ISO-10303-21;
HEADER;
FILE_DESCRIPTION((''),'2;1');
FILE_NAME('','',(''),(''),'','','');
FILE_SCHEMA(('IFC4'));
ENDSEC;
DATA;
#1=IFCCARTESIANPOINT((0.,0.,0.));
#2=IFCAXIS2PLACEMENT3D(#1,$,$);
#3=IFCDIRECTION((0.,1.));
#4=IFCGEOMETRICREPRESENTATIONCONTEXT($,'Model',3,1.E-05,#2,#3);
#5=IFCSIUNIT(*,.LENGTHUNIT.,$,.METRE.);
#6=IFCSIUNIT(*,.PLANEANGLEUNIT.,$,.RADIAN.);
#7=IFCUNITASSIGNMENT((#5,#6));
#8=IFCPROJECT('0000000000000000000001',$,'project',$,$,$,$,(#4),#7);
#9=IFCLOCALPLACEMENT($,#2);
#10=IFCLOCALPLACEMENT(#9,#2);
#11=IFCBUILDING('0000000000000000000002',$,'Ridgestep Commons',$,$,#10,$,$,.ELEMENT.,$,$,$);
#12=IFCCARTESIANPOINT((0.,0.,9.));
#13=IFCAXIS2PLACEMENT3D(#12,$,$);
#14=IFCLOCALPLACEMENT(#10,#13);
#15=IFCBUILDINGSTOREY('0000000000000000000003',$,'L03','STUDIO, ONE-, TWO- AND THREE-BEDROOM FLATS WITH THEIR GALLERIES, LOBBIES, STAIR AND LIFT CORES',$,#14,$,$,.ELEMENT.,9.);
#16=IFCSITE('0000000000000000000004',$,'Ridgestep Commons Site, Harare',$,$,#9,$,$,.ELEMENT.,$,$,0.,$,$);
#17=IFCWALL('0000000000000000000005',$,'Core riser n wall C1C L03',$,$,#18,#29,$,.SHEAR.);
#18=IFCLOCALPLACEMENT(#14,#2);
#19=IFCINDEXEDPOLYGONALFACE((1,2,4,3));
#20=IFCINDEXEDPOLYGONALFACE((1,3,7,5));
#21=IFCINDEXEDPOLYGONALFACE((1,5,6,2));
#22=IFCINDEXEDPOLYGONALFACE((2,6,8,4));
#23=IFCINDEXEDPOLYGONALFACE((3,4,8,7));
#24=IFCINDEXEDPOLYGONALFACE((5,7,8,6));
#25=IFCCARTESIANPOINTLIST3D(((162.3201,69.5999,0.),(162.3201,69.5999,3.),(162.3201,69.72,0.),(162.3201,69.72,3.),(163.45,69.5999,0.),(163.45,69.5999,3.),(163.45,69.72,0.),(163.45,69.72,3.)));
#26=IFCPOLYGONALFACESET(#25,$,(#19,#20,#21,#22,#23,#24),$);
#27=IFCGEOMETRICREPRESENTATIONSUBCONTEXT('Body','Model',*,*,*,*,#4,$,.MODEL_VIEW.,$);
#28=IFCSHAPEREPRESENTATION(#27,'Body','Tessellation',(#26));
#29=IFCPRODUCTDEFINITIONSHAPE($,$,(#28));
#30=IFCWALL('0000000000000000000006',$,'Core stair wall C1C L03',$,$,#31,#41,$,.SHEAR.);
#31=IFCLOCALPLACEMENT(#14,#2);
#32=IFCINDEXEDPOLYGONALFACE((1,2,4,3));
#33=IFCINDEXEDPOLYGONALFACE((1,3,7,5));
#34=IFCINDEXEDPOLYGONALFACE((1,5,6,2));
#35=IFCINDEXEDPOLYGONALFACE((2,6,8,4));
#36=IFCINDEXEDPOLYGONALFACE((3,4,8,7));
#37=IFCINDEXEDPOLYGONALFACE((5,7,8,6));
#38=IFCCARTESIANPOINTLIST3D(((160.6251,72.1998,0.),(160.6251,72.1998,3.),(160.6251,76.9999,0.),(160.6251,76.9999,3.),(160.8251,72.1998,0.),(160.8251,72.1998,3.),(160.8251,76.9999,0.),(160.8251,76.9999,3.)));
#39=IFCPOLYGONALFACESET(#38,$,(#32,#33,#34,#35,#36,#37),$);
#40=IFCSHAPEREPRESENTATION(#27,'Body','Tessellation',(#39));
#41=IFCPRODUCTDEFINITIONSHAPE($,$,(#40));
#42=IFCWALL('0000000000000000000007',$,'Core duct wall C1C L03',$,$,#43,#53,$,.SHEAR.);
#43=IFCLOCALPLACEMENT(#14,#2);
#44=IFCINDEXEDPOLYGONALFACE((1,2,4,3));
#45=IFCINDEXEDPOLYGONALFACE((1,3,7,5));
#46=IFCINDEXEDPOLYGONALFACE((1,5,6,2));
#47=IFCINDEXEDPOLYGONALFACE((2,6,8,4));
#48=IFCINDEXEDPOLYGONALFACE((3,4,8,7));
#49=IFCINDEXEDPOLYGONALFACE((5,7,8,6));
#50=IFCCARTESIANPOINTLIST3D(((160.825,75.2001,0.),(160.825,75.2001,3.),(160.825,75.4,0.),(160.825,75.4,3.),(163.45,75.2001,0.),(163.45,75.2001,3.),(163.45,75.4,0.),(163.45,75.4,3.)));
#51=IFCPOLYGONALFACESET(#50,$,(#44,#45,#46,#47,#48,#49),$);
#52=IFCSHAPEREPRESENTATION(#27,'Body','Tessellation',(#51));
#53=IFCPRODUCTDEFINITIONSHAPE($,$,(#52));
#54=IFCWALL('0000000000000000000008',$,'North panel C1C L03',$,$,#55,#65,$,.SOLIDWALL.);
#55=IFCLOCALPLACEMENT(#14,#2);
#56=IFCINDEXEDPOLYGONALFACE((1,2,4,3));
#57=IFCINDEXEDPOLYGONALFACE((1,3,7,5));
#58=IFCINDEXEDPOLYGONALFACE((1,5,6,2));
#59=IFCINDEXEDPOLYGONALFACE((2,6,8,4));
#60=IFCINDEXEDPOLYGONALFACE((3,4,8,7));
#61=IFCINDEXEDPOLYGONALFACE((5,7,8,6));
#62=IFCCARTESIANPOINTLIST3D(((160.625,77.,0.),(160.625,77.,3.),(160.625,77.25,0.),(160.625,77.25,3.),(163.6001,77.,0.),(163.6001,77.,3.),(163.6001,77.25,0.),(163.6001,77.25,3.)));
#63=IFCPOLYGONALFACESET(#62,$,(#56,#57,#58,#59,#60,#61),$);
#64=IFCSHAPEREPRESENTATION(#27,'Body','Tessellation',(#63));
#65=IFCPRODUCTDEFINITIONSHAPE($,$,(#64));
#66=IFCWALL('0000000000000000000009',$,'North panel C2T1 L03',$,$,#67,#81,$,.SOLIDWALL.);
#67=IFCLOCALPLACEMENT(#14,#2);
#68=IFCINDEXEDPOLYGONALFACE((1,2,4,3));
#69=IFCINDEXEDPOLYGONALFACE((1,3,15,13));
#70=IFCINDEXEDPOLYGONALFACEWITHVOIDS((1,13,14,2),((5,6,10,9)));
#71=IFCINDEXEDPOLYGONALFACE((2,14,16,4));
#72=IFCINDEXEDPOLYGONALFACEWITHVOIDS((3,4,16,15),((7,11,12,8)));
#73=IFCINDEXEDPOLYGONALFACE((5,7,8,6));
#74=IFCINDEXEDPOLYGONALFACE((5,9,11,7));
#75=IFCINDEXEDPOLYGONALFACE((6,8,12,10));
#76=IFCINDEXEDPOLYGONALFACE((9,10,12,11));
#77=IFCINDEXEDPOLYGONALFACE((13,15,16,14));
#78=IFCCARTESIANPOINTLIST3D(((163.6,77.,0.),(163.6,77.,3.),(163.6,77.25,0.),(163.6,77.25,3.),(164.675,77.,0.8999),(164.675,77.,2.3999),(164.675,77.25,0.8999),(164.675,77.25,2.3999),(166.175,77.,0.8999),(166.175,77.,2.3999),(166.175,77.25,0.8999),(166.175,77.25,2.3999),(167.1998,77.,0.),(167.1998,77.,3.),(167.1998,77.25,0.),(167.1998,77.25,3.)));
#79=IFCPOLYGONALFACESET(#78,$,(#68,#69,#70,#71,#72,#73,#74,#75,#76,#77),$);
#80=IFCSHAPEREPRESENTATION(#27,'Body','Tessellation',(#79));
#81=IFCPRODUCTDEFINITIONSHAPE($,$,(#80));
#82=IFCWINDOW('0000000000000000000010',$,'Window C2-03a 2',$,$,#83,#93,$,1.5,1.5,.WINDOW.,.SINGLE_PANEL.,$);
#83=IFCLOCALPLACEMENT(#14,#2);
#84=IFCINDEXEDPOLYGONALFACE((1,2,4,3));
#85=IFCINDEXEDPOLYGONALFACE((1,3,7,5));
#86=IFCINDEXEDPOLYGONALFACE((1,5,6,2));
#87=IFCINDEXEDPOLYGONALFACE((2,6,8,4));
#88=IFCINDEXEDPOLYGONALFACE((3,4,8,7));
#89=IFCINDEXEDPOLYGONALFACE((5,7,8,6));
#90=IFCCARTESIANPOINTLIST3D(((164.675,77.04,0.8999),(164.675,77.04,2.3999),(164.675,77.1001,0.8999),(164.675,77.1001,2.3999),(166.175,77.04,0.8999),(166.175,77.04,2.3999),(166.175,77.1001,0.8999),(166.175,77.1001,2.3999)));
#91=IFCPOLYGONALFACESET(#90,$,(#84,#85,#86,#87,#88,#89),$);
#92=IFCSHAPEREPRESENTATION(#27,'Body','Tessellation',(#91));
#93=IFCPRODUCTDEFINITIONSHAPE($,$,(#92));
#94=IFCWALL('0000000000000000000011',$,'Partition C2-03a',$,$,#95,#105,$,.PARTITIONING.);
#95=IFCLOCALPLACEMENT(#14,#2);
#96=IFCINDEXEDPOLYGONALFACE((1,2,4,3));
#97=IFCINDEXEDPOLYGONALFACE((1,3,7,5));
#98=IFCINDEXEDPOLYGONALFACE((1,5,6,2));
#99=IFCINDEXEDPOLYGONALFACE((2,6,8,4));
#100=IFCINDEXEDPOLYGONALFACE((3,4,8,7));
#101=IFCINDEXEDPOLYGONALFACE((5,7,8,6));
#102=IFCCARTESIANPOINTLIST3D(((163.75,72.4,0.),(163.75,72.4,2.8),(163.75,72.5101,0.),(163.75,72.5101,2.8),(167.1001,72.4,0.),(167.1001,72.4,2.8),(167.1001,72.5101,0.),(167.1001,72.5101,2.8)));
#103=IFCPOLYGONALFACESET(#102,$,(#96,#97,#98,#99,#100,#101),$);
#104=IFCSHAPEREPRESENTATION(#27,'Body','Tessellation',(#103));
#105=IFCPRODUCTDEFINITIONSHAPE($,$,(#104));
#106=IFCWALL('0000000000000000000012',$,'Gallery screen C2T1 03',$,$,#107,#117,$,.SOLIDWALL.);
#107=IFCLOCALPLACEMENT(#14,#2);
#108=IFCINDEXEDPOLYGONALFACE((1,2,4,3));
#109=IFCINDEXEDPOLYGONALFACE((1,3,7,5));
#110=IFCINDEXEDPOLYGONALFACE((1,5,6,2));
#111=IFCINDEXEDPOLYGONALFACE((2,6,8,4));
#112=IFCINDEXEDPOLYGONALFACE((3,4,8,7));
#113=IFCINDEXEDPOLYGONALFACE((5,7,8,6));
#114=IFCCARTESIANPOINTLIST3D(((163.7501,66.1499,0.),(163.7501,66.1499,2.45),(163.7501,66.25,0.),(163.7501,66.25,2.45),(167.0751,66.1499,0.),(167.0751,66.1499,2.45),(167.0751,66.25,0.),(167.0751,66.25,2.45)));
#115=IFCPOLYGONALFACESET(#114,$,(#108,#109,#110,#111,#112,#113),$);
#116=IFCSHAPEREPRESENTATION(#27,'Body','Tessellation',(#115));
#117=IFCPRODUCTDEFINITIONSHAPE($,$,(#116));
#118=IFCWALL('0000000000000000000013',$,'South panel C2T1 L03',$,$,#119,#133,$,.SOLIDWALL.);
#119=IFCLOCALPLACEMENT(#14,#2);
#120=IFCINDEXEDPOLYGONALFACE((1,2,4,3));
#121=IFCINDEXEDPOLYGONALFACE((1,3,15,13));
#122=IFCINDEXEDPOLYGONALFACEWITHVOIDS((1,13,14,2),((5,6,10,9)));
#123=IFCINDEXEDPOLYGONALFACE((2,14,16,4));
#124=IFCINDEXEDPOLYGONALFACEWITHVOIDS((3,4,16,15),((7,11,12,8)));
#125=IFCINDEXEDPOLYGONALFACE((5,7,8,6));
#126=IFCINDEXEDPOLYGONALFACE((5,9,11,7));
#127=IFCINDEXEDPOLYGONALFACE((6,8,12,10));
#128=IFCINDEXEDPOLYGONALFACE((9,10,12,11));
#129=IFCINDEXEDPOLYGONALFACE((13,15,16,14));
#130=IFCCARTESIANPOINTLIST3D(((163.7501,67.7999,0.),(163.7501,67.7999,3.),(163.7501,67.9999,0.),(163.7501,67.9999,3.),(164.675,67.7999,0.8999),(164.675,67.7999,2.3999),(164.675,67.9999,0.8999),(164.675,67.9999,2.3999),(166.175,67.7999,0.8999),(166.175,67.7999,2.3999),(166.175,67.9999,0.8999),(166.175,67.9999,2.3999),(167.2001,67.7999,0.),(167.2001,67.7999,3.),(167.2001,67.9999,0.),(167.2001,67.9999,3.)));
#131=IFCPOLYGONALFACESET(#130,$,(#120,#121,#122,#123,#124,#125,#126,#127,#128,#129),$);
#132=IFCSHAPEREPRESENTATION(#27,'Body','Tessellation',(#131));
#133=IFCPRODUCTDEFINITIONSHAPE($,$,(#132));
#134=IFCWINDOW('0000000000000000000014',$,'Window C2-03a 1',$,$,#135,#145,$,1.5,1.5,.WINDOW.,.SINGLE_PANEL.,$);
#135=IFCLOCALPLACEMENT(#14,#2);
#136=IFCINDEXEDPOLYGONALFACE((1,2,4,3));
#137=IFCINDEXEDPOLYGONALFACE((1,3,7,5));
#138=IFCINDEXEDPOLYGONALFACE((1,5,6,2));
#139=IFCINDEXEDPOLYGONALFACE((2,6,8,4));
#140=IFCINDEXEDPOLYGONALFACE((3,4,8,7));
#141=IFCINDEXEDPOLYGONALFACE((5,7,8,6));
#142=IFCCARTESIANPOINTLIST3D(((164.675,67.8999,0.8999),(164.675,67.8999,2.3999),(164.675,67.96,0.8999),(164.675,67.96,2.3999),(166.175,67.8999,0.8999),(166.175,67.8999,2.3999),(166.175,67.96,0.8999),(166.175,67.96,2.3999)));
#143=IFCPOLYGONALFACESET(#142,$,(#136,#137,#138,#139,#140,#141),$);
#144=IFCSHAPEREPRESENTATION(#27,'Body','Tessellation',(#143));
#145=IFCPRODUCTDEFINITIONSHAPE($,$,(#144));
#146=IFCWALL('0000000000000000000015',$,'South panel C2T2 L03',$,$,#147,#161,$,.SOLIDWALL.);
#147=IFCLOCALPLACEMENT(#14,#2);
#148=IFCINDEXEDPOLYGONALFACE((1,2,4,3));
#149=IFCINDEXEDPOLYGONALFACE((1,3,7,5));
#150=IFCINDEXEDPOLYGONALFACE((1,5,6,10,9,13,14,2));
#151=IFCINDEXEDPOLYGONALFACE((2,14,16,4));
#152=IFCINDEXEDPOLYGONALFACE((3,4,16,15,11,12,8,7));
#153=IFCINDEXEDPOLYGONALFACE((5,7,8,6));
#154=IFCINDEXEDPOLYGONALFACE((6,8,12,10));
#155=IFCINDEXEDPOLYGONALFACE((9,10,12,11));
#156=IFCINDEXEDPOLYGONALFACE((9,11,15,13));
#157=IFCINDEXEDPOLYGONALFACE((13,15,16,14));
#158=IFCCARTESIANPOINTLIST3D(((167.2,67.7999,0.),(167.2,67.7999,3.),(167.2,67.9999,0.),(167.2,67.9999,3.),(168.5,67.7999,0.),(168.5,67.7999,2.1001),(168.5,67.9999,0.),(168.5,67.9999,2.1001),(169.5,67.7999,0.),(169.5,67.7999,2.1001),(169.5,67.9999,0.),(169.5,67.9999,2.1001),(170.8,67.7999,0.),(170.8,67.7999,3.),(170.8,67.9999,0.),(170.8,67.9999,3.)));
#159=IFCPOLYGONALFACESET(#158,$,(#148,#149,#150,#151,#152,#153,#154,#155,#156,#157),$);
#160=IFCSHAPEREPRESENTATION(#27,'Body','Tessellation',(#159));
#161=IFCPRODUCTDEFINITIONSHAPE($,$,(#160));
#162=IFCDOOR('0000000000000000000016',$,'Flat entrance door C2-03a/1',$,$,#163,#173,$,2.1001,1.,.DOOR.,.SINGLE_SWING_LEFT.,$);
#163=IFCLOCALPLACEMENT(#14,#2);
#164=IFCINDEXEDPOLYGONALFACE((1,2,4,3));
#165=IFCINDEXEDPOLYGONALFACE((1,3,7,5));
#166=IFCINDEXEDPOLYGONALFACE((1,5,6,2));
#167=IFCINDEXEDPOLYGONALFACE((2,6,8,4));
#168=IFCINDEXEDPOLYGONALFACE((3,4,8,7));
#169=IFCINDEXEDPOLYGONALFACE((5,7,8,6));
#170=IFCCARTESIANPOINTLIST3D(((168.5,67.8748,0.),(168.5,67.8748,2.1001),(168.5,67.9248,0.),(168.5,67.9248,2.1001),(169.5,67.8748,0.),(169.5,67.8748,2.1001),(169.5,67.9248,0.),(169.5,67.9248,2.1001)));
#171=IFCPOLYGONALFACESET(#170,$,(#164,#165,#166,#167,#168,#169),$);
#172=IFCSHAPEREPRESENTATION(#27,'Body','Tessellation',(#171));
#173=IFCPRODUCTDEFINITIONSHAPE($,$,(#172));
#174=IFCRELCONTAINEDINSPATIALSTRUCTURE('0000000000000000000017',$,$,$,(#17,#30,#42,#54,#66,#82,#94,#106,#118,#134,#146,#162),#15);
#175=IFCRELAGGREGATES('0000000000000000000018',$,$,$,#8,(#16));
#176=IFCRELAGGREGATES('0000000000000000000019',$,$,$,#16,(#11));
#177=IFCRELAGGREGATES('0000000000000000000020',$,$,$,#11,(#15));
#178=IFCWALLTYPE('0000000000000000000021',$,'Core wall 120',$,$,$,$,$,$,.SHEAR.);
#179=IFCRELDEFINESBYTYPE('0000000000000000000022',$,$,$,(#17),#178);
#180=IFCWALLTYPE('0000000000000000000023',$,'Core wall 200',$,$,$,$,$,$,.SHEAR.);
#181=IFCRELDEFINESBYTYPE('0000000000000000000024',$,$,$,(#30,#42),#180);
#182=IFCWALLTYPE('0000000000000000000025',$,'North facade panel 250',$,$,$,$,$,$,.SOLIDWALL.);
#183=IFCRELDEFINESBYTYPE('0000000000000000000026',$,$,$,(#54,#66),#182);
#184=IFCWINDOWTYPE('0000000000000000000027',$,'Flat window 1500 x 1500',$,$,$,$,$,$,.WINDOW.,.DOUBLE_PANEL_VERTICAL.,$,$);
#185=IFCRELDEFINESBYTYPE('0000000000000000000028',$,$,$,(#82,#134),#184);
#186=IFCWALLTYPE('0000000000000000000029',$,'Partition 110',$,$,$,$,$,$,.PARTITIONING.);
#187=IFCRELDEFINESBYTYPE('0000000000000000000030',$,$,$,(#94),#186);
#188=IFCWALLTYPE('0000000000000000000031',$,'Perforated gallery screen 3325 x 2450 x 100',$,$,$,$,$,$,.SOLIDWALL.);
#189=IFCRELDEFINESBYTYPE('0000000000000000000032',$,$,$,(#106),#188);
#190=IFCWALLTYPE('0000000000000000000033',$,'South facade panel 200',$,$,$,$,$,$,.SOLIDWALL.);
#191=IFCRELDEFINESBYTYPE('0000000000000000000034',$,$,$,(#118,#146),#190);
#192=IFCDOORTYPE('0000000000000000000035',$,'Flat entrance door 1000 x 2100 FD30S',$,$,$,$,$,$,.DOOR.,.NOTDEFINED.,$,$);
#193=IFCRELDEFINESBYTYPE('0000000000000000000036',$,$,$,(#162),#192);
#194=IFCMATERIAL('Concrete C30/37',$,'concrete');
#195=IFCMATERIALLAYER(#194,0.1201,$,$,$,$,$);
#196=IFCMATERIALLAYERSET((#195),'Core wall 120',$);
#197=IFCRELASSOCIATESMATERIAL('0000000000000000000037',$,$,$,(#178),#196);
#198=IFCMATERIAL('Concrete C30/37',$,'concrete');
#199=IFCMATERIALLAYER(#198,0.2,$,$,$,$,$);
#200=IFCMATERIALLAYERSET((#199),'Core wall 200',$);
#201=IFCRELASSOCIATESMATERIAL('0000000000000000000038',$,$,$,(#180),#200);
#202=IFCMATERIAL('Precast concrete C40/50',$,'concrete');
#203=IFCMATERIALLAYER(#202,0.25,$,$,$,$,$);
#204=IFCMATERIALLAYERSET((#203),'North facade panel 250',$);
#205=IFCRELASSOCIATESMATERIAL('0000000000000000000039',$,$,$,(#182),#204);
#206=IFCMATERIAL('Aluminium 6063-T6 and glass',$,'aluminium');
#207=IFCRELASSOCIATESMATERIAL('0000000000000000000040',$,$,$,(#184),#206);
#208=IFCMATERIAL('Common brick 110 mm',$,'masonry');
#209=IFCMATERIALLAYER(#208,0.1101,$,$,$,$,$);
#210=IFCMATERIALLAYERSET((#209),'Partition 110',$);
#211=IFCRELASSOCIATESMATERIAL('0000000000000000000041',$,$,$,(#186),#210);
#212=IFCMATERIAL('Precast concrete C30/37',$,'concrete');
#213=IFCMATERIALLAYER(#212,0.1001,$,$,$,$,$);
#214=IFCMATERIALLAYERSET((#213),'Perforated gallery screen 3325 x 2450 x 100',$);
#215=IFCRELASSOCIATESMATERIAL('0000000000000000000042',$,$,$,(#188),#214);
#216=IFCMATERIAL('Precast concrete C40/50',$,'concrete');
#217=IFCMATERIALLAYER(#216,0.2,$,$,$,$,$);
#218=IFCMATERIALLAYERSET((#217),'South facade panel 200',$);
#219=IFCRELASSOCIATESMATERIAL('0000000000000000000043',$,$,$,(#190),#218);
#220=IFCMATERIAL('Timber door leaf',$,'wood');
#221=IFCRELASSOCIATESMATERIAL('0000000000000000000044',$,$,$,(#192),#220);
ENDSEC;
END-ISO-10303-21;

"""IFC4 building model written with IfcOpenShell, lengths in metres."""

from ifc_helpers import new_model, si_unit, direction, frame, frame_2d, origin, place, context, subcontext, project, spatial, rectangle, extrude, material, layer, layer_set, type_object, element, fill, save


model = new_model("IFC4")

# Units and contexts
model_context = context("Model", 3, precision=1e-05, world=origin(), true_north=direction((0.0, 1.0)))
body_context = subcontext(model_context, "Body", "Model", "MODEL_VIEW")
ifc_project = project(units=[si_unit("LENGTHUNIT", "METRE"), si_unit("PLANEANGLEUNIT", "RADIAN")], contexts=[model_context])

# Site, building, storey
site_placement = place(None, origin())
site = spatial("IfcSite", under=ifc_project, at=site_placement, Name="Ridgestep Commons Site, Harare", CompositionType="ELEMENT", RefElevation=0.0)
building_placement = place(site_placement, origin())
building = spatial("IfcBuilding", under=site, at=building_placement, Name="Ridgestep Commons", CompositionType="ELEMENT")
storey_placement = place(building_placement, frame((0.0, 0.0, 9.0)))
storey = spatial("IfcBuildingStorey", under=building, at=storey_placement, Name="L03", Description="STUDIO, ONE-, TWO- AND THREE-BEDROOM FLATS WITH THEIR GALLERIES, LOBBIES, STAIR AND LIFT CORES", CompositionType="ELEMENT", Elevation=9.0)

# Shared definitions
ifc_material_1 = material(Name="Concrete C30/37", Category="concrete")
ifc_layer_1 = layer(ifc_material_1, 0.1201)
ifc_layer_set_1 = layer_set([ifc_layer_1], Name="Core wall 120")
wall_type_1 = type_object("IfcWallType", Name="Core wall 120", PredefinedType="SHEAR", material=ifc_layer_set_1)

# Walls
wall_1_placement = place(storey_placement, frame((162.3201, 69.6599, 0.0), z_axis=(0.0, 0.0, 1.0), x_axis=(1.0, 0.0, 0.0)))
element("IfcWall", 1, at=wall_1_placement, inside=storey, type_object=wall_type_1, Name="Core riser n wall C1C L03", PredefinedType="SHEAR", context=body_context, shape_type="SweptSolid", body=[
    extrude(rectangle(XDim=1.1299, YDim=0.1201, at=frame_2d((0.5649, 0.0))), origin(), (0.0, 0.0, 1.0), 3.0),
])
ifc_material_2 = material(Name="Concrete C30/37", Category="concrete")
ifc_layer_2 = layer(ifc_material_2, 0.2)
ifc_layer_set_2 = layer_set([ifc_layer_2], Name="Core wall 200")
wall_type_2 = type_object("IfcWallType", Name="Core wall 200", PredefinedType="SHEAR", material=ifc_layer_set_2)
wall_2_placement = place(storey_placement, frame((160.7251, 72.2, 0.0), z_axis=(0.0, 0.0, 1.0), x_axis=(0.0, 1.0, 0.0)))
element("IfcWall", 2, at=wall_2_placement, inside=storey, type_object=wall_type_2, Name="Core stair wall C1C L03", PredefinedType="SHEAR", context=body_context, shape_type="SweptSolid", body=[
    extrude(rectangle(XDim=4.8, YDim=0.2, at=frame_2d((2.3999, 0.0))), origin(), (0.0, 0.0, 1.0), 3.0),
])
wall_3_placement = place(storey_placement, frame((160.825, 75.3, 0.0), z_axis=(0.0, 0.0, 1.0), x_axis=(1.0, 0.0, 0.0)))
element("IfcWall", 3, at=wall_3_placement, inside=storey, type_object=wall_type_2, Name="Core duct wall C1C L03", PredefinedType="SHEAR", context=body_context, shape_type="SweptSolid", body=[
    extrude(rectangle(XDim=2.625, YDim=0.2, at=frame_2d((1.3125, 0.0))), origin(), (0.0, 0.0, 1.0), 3.0),
])
ifc_material_3 = material(Name="Precast concrete C40/50", Category="concrete")
ifc_layer_3 = layer(ifc_material_3, 0.25)
ifc_layer_set_3 = layer_set([ifc_layer_3], Name="North facade panel 250")
wall_type_3 = type_object("IfcWallType", Name="North facade panel 250", PredefinedType="SOLIDWALL", material=ifc_layer_set_3)
wall_4_placement = place(storey_placement, frame((160.625, 77.125, 0.0), z_axis=(0.0, 0.0, 1.0), x_axis=(1.0, 0.0, 0.0)))
element("IfcWall", 4, at=wall_4_placement, inside=storey, type_object=wall_type_3, Name="North panel C1C L03", PredefinedType="SOLIDWALL", context=body_context, shape_type="SweptSolid", body=[
    extrude(rectangle(XDim=2.9751, YDim=0.25, at=frame_2d((1.4875, 0.0))), origin(), (0.0, 0.0, 1.0), 3.0),
])

# Wall, opening, window
wall_5_placement = place(storey_placement, frame((163.6001, 77.125, 0.0), z_axis=(0.0, 0.0, 1.0), x_axis=(1.0, 0.0, 0.0)))
wall_5 = element("IfcWall", 5, at=wall_5_placement, inside=storey, type_object=wall_type_3, Name="North panel C2T1 L03", PredefinedType="SOLIDWALL", context=body_context, shape_type="SweptSolid", body=[
    extrude(rectangle(XDim=3.5999, YDim=0.25, at=frame_2d((1.7998, 0.0))), origin(), (0.0, 0.0, 1.0), 3.0),
])
opening_1_placement = place(wall_5_placement, frame((1.075, 0.0, 0.8999)))
opening_1 = element("IfcOpeningElement", 6, at=opening_1_placement, cuts=wall_5, PredefinedType="OPENING", context=body_context, shape_type="SweptSolid", body=[
    extrude(rectangle(XDim=1.5, YDim=1.5, at=frame_2d((0.75, 0.75))), frame((0.0, 0.135, 0.0), z_axis=(0.0, -1.0, 0.0), x_axis=(1.0, 0.0, 0.0)), (0.0, 0.0, 1.0), 0.27),
])
ifc_material_4 = material(Name="Aluminium 6063-T6 and glass", Category="aluminium")
window_type = type_object("IfcWindowType", Name="Flat window 1500 x 1500", PartitioningType="DOUBLE_PANEL_VERTICAL", PredefinedType="WINDOW", material=ifc_material_4)
window_1_placement = place(opening_1_placement, origin())
window_1 = element("IfcWindow", 7, at=window_1_placement, inside=storey, type_object=window_type, Name="Window C2-03a 2", OverallHeight=1.5, OverallWidth=1.5, PartitioningType="SINGLE_PANEL", PredefinedType="WINDOW", context=body_context, shape_type="SweptSolid", body=[
    extrude(rectangle(XDim=1.5, YDim=1.5, at=frame_2d((0.75, 0.75))), frame((0.0, -0.0249, 0.0), z_axis=(0.0, -1.0, 0.0), x_axis=(1.0, 0.0, 0.0)), (0.0, 0.0, 1.0), 0.0601),
])
fill(opening_1, window_1)

# Walls
ifc_material_5 = material(Name="Common brick 110 mm", Category="masonry")
ifc_layer_4 = layer(ifc_material_5, 0.1101)
ifc_layer_set_4 = layer_set([ifc_layer_4], Name="Partition 110")
wall_type_4 = type_object("IfcWallType", Name="Partition 110", PredefinedType="PARTITIONING", material=ifc_layer_set_4)
wall_6_placement = place(storey_placement, frame((163.75, 72.4551, 0.0), z_axis=(0.0, 0.0, 1.0), x_axis=(1.0, 0.0, 0.0)))
element("IfcWall", 8, at=wall_6_placement, inside=storey, type_object=wall_type_4, Name="Partition C2-03a", PredefinedType="PARTITIONING", context=body_context, shape_type="SweptSolid", body=[
    extrude(rectangle(XDim=3.3501, YDim=0.1101, at=frame_2d((1.675, 0.0))), origin(), (0.0, 0.0, 1.0), 2.8),
])
ifc_material_6 = material(Name="Precast concrete C30/37", Category="concrete")
ifc_layer_5 = layer(ifc_material_6, 0.1001)
ifc_layer_set_5 = layer_set([ifc_layer_5], Name="Perforated gallery screen 3325 x 2450 x 100")
wall_type_5 = type_object("IfcWallType", Name="Perforated gallery screen 3325 x 2450 x 100", PredefinedType="SOLIDWALL", material=ifc_layer_set_5)
wall_7_placement = place(storey_placement, frame((163.75, 66.2, 0.0), z_axis=(0.0, 0.0, 1.0), x_axis=(1.0, 0.0, 0.0)))
element("IfcWall", 9, at=wall_7_placement, inside=storey, type_object=wall_type_5, Name="Gallery screen C2T1 03", PredefinedType="SOLIDWALL", context=body_context, shape_type="SweptSolid", body=[
    extrude(rectangle(XDim=3.325, YDim=0.1001, at=frame_2d((1.6626, 0.0))), origin(), (0.0, 0.0, 1.0), 2.45),
])

# Wall, opening, window
ifc_material_7 = material(Name="Precast concrete C40/50", Category="concrete")
ifc_layer_6 = layer(ifc_material_7, 0.2)
ifc_layer_set_6 = layer_set([ifc_layer_6], Name="South facade panel 200")
wall_type_6 = type_object("IfcWallType", Name="South facade panel 200", PredefinedType="SOLIDWALL", material=ifc_layer_set_6)
wall_8_placement = place(storey_placement, frame((163.75, 67.8999, 0.0), z_axis=(0.0, 0.0, 1.0), x_axis=(1.0, 0.0, 0.0)))
wall_8 = element("IfcWall", 10, at=wall_8_placement, inside=storey, type_object=wall_type_6, Name="South panel C2T1 L03", PredefinedType="SOLIDWALL", context=body_context, shape_type="SweptSolid", body=[
    extrude(rectangle(XDim=3.45, YDim=0.2, at=frame_2d((1.7251, 0.0))), origin(), (0.0, 0.0, 1.0), 3.0),
])
opening_2_placement = place(wall_8_placement, frame((0.925, 0.0, 0.8999)))
opening_2 = element("IfcOpeningElement", 11, at=opening_2_placement, cuts=wall_8, PredefinedType="OPENING", context=body_context, shape_type="SweptSolid", body=[
    extrude(rectangle(XDim=1.5, YDim=1.5, at=frame_2d((0.75, 0.75))), frame((0.0, 0.1099, 0.0), z_axis=(0.0, -1.0, 0.0), x_axis=(1.0, 0.0, 0.0)), (0.0, 0.0, 1.0), 0.22),
])
window_2_placement = place(opening_2_placement, origin())
window_2 = element("IfcWindow", 12, at=window_2_placement, inside=storey, type_object=window_type, Name="Window C2-03a 1", OverallHeight=1.5, OverallWidth=1.5, PartitioningType="SINGLE_PANEL", PredefinedType="WINDOW", context=body_context, shape_type="SweptSolid", body=[
    extrude(rectangle(XDim=1.5, YDim=1.5, at=frame_2d((0.75, 0.75))), frame((0.0, 0.0601, 0.0), z_axis=(0.0, -1.0, 0.0), x_axis=(1.0, 0.0, 0.0)), (0.0, 0.0, 1.0), 0.0601),
])
fill(opening_2, window_2)

# Wall, opening, door
wall_9_placement = place(storey_placement, frame((167.2, 67.8999, 0.0), z_axis=(0.0, 0.0, 1.0), x_axis=(1.0, 0.0, 0.0)))
wall_9 = element("IfcWall", 13, at=wall_9_placement, inside=storey, type_object=wall_type_6, Name="South panel C2T2 L03", PredefinedType="SOLIDWALL", context=body_context, shape_type="SweptSolid", body=[
    extrude(rectangle(XDim=3.6001, YDim=0.2, at=frame_2d((1.8, 0.0))), origin(), (0.0, 0.0, 1.0), 3.0),
])
opening_3_placement = place(wall_9_placement, frame((1.3, 0.0, 0.0)))
opening_3 = element("IfcOpeningElement", 14, at=opening_3_placement, cuts=wall_9, PredefinedType="OPENING", context=body_context, shape_type="SweptSolid", body=[
    extrude(rectangle(XDim=1.0, YDim=2.1001, at=frame_2d((0.5, 1.05))), frame((0.0, 0.1099, 0.0), z_axis=(0.0, -1.0, 0.0), x_axis=(1.0, 0.0, 0.0)), (0.0, 0.0, 1.0), 0.22),
])
ifc_material_8 = material(Name="Timber door leaf", Category="wood")
door_type_1 = type_object("IfcDoorType", Name="Flat entrance door 1000 x 2100 FD30S", OperationType="NOTDEFINED", PredefinedType="DOOR", material=ifc_material_8)
door_1_placement = place(opening_3_placement, origin())
door_1 = element("IfcDoor", 15, at=door_1_placement, inside=storey, type_object=door_type_1, Name="Flat entrance door C2-03a/1", OperationType="SINGLE_SWING_LEFT", OverallHeight=2.1001, OverallWidth=1.0, PredefinedType="DOOR", context=body_context, shape_type="SweptSolid", body=[
    extrude(rectangle(XDim=1.0, YDim=2.1001, at=frame_2d((0.5, 1.05))), frame((0.0, 0.0249, 0.0), z_axis=(0.0, -1.0, 0.0), x_axis=(1.0, 0.0, 0.0)), (0.0, 0.0, 1.0), 0.05),
])
fill(opening_3, door_1)

save(model, "model.ifc")
